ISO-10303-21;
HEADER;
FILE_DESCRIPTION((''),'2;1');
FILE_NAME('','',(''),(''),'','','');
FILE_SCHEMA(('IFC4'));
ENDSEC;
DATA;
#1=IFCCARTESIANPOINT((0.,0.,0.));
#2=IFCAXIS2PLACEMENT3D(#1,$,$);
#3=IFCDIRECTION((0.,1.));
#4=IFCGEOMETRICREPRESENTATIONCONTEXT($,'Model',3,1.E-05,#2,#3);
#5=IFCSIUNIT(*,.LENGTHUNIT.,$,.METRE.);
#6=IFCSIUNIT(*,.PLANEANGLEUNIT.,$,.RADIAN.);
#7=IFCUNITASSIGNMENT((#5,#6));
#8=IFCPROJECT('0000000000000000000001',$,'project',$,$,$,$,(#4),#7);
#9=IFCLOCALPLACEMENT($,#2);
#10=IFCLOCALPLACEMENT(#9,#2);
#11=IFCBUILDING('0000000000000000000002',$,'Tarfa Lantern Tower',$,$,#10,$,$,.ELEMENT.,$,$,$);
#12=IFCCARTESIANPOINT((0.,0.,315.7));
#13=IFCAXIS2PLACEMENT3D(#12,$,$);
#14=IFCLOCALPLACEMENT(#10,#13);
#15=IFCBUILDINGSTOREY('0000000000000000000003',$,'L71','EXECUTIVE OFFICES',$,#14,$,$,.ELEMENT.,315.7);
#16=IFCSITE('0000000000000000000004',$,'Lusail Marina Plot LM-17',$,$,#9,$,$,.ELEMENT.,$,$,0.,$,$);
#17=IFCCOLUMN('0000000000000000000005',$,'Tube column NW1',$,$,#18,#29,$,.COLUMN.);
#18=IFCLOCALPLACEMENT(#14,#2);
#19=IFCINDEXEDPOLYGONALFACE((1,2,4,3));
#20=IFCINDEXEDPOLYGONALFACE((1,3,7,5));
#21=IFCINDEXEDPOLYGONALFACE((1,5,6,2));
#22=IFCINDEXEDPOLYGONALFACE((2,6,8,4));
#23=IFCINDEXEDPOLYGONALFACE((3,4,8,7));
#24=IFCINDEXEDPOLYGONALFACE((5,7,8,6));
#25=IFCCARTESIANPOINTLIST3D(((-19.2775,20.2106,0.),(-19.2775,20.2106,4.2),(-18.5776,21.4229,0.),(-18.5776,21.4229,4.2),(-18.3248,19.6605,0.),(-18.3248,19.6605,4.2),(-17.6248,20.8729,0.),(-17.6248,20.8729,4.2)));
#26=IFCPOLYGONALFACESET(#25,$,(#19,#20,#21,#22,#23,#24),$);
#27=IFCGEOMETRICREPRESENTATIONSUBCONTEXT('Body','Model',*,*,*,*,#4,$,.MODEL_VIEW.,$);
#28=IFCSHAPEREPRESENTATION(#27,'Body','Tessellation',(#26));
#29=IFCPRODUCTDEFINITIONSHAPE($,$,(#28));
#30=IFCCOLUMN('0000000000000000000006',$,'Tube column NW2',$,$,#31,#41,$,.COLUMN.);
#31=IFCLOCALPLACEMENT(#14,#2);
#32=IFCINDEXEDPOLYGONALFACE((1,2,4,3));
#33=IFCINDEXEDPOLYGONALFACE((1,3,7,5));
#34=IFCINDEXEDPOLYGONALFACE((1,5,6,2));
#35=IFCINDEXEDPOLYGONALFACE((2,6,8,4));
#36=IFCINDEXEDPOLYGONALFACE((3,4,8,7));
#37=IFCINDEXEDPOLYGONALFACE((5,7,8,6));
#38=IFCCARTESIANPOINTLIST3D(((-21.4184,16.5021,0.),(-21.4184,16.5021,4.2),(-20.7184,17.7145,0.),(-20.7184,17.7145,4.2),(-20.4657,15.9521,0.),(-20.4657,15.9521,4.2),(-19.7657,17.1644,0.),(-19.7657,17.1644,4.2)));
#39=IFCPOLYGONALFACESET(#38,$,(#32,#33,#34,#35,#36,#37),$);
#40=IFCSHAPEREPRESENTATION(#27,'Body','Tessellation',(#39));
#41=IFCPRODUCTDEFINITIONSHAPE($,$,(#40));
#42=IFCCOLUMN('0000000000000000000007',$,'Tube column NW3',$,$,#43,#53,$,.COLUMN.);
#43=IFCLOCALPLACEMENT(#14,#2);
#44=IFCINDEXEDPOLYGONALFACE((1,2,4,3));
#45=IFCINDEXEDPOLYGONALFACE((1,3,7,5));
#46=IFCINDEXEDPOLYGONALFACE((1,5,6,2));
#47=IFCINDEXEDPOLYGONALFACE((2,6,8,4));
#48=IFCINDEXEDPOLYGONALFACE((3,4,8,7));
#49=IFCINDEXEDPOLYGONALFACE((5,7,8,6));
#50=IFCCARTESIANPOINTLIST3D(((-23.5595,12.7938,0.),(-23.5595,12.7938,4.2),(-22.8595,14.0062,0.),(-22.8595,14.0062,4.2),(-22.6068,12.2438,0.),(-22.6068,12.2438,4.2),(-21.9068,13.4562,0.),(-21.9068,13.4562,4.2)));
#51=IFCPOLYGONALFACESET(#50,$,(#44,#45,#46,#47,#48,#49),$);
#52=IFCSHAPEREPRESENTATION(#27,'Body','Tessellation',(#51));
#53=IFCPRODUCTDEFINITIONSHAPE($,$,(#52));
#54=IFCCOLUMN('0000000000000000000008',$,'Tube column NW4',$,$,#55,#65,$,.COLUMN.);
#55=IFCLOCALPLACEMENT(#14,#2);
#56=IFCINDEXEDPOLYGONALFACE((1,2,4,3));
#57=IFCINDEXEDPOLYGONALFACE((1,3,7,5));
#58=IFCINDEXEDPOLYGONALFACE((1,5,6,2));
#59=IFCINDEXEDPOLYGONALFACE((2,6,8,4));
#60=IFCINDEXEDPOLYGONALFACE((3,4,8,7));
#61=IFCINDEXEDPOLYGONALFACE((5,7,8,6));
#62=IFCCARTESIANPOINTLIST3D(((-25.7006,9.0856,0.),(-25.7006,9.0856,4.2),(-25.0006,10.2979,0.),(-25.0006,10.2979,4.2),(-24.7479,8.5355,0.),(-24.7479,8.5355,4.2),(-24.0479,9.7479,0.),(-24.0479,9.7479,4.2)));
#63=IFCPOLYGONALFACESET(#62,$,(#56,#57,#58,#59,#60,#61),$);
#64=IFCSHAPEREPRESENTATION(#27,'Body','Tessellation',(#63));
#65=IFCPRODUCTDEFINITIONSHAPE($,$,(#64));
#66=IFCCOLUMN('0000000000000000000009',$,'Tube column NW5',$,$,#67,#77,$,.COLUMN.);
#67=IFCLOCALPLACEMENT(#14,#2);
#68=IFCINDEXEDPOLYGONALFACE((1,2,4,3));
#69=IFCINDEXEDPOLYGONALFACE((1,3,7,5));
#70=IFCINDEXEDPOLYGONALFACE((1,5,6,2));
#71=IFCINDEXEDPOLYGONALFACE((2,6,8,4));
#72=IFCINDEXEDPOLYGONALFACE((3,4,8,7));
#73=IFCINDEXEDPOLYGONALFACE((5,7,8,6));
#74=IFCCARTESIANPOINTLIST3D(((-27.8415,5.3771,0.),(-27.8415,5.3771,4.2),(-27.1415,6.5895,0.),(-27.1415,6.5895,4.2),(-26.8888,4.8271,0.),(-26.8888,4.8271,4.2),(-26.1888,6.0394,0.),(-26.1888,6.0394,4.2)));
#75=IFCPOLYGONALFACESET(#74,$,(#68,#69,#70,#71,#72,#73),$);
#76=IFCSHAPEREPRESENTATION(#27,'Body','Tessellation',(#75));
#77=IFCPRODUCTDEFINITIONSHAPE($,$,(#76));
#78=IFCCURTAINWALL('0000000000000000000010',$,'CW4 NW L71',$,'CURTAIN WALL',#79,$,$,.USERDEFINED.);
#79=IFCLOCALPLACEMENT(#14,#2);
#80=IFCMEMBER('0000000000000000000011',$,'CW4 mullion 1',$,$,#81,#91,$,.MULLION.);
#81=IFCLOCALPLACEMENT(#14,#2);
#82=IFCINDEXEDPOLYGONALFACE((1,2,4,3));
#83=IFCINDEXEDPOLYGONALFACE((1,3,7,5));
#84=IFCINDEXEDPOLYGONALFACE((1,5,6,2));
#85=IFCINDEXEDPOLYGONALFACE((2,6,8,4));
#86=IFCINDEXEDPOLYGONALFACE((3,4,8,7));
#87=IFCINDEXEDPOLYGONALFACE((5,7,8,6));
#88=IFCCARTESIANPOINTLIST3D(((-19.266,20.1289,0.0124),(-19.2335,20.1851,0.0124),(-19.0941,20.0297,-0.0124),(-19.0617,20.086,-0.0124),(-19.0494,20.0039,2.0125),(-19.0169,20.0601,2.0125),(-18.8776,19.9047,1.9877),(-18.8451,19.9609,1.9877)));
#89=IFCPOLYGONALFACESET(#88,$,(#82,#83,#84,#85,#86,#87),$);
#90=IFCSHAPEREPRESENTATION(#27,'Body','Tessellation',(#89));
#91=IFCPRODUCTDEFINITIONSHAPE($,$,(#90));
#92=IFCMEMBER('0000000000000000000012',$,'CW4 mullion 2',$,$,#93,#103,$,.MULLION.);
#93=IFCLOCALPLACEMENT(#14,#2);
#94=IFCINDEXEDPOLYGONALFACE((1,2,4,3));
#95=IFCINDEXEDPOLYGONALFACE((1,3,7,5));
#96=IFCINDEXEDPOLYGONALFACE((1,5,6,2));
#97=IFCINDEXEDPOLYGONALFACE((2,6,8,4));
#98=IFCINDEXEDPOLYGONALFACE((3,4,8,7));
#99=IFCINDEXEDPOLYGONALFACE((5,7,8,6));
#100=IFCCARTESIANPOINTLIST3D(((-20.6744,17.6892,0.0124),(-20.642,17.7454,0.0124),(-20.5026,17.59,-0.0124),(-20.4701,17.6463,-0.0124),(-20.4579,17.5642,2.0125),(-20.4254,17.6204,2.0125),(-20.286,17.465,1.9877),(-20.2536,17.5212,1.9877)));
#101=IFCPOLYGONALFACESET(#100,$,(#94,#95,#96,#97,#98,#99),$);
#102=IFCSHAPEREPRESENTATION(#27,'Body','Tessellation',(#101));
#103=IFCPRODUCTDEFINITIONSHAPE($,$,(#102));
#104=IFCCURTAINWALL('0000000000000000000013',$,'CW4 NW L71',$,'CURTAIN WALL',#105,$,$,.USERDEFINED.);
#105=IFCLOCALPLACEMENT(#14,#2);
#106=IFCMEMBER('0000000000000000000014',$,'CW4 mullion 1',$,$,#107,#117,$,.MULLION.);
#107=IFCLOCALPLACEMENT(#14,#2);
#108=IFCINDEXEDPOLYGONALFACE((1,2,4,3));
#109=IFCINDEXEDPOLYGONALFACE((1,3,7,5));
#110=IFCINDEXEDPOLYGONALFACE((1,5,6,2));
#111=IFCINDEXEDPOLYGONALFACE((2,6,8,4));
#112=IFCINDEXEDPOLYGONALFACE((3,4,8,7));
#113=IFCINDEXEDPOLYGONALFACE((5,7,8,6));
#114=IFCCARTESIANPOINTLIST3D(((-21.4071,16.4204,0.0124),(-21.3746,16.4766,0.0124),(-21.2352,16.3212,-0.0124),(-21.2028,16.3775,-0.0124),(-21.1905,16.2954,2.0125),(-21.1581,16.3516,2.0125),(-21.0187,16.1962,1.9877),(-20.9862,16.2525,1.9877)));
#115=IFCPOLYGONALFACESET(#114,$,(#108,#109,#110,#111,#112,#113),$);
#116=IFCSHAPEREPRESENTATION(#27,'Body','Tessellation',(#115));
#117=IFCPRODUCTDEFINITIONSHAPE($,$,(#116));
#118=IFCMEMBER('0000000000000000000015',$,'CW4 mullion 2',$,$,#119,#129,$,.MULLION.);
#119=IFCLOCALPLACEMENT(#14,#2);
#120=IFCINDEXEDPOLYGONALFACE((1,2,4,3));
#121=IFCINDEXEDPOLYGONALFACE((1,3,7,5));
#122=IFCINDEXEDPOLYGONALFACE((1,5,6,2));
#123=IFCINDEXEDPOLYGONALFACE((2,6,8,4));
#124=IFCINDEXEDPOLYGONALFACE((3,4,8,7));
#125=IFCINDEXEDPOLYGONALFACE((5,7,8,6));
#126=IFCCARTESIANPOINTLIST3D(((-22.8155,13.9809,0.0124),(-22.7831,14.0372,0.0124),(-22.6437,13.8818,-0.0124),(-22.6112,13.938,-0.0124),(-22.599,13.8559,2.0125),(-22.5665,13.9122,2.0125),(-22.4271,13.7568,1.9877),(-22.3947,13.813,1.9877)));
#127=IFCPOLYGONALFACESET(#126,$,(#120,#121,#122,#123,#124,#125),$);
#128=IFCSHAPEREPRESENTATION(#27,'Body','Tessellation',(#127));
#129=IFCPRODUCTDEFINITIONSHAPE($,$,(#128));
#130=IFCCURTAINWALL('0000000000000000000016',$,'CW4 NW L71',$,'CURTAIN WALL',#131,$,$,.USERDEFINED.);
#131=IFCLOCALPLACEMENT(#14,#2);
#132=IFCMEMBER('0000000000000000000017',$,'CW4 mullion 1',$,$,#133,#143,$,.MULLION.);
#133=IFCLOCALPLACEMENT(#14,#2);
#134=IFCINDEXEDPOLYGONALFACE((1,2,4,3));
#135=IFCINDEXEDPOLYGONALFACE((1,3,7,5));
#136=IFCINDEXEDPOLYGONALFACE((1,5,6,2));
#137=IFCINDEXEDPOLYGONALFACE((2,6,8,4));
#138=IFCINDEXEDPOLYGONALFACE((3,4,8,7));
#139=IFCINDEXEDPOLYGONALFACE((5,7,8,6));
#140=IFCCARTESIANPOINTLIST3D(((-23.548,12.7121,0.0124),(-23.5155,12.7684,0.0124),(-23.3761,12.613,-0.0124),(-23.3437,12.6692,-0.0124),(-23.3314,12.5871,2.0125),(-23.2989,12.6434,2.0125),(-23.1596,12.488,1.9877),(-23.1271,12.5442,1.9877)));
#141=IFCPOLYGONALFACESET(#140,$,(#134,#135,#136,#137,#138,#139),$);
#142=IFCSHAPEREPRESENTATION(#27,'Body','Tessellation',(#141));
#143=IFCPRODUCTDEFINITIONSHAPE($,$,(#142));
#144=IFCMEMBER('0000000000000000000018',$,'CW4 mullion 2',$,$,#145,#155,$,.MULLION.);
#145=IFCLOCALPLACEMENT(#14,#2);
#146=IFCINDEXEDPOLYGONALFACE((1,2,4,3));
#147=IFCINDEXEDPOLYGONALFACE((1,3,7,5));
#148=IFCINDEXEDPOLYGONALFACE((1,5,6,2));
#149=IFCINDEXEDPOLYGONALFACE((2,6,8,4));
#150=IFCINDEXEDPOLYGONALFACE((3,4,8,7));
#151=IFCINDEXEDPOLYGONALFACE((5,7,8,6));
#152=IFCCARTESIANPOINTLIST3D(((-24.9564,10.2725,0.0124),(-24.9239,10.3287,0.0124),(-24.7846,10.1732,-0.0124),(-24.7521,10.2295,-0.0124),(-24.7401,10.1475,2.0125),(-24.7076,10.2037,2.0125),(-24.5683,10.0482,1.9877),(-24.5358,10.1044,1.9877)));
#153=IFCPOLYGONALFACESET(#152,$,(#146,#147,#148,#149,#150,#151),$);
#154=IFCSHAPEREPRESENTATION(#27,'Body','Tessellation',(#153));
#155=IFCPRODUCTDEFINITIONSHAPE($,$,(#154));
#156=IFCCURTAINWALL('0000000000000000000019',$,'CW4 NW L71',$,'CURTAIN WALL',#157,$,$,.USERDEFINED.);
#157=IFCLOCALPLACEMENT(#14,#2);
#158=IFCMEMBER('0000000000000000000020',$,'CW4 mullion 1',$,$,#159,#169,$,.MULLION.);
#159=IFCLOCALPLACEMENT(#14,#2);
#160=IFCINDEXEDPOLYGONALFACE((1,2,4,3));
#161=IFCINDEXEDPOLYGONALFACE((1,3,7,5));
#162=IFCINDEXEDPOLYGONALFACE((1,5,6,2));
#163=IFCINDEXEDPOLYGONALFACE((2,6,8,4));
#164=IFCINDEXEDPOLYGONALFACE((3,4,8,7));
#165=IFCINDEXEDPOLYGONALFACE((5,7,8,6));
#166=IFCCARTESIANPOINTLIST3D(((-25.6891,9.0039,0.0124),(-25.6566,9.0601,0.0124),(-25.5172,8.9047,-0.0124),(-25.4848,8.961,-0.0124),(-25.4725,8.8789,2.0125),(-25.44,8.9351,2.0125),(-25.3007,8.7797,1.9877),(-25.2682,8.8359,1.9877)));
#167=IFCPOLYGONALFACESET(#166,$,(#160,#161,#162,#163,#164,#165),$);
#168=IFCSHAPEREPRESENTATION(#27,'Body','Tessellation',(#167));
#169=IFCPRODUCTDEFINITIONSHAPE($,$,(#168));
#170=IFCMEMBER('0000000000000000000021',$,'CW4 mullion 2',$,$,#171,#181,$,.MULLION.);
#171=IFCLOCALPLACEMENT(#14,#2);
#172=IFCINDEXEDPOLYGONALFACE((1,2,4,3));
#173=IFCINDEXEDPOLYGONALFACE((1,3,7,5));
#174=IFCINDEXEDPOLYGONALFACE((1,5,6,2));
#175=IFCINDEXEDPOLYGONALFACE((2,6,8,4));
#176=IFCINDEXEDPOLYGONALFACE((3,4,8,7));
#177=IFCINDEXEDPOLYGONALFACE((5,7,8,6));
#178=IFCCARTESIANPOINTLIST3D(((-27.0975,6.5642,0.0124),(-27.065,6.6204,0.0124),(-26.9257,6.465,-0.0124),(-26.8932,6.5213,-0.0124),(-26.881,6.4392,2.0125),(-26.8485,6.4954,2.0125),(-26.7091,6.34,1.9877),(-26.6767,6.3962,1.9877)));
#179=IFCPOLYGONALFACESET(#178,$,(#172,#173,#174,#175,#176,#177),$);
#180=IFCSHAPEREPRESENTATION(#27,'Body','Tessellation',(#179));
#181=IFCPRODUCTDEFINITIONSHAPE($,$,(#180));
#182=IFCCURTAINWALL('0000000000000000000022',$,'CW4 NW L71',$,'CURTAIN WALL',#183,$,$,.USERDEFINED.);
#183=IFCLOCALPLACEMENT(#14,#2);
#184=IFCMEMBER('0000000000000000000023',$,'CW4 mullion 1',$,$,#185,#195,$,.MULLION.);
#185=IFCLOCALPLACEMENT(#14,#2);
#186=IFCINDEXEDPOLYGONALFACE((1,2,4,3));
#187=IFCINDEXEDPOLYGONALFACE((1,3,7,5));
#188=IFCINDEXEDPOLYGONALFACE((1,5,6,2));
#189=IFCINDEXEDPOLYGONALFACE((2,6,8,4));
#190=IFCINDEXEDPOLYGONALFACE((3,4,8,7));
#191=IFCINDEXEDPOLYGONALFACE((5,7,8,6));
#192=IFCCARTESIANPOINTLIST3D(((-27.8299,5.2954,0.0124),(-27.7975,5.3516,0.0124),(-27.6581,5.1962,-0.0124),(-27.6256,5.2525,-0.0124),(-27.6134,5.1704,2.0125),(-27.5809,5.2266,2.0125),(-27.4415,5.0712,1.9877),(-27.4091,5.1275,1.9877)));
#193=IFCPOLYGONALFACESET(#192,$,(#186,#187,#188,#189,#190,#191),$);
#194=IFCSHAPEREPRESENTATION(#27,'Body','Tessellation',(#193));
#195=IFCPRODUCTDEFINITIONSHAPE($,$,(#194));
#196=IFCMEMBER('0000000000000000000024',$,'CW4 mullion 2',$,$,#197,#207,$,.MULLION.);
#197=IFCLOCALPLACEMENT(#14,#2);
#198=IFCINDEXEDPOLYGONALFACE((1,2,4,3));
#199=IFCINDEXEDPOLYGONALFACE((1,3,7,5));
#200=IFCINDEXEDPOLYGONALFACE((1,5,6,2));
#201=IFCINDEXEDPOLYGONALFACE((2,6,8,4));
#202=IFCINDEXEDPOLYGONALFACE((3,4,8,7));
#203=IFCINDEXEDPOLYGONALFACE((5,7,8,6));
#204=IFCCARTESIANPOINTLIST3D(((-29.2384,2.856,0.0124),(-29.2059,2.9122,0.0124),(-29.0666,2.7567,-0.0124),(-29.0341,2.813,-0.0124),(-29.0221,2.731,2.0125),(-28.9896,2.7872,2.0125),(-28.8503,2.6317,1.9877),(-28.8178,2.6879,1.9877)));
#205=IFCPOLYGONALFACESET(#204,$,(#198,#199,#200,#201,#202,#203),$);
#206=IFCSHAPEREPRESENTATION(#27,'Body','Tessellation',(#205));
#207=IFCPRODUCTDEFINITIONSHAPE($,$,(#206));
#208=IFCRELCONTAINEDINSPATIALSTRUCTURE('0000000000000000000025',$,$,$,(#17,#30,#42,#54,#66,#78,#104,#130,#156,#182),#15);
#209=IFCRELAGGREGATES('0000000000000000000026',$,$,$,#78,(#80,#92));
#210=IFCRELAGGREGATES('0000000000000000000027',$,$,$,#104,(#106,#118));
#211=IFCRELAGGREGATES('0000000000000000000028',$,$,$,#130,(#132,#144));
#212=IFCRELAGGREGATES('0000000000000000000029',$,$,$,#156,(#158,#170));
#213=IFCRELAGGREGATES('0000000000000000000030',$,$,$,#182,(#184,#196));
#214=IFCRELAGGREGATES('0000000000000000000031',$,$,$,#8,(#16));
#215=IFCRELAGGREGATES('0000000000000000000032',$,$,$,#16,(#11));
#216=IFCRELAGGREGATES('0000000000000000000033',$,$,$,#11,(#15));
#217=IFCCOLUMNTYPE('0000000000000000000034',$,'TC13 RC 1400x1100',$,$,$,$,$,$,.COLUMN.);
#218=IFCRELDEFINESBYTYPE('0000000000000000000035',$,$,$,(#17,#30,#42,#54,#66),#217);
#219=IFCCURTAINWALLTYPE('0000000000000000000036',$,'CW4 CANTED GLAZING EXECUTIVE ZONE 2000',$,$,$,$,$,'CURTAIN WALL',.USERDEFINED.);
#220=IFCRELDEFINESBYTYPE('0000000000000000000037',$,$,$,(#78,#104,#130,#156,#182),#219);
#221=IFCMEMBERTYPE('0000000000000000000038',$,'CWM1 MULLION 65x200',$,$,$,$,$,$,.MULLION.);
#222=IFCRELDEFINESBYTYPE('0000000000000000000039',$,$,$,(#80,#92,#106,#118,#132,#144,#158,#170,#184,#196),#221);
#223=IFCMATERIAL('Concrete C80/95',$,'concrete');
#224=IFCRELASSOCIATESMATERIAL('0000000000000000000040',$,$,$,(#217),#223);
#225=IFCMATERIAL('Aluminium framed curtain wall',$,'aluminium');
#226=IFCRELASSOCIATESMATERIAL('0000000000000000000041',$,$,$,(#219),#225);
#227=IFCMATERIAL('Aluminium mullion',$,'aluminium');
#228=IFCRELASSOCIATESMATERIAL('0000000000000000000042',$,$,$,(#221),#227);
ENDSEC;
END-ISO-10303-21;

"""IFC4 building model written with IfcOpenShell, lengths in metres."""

from ifc_helpers import new_model, si_unit, direction, frame, origin, origin_2d, place, context, subcontext, project, spatial, rectangle, extrude, material, material_profile, profile_set, type_object, element, aggregate, save


model = new_model("IFC4")

# Units and contexts
model_context = context("Model", 3, precision=1e-05, world=origin(), true_north=direction((0.0, 1.0)))
body_context = subcontext(model_context, "Body", "Model", "MODEL_VIEW")
ifc_project = project(units=[si_unit("LENGTHUNIT", "METRE"), si_unit("PLANEANGLEUNIT", "RADIAN")], contexts=[model_context])

# Site, building, storey
site_placement = place(None, origin())
site = spatial("IfcSite", under=ifc_project, at=site_placement, Name="Lusail Marina Plot LM-17", CompositionType="ELEMENT", RefElevation=0.0)
building_placement = place(site_placement, origin())
building = spatial("IfcBuilding", under=site, at=building_placement, Name="Tarfa Lantern Tower", CompositionType="ELEMENT")
storey_placement = place(building_placement, frame((0.0, 0.0, 315.7)))
storey = spatial("IfcBuildingStorey", under=building, at=storey_placement, Name="L71", Description="EXECUTIVE OFFICES", CompositionType="ELEMENT", Elevation=315.7)

# Columns
ifc_material_1 = material(Name="Concrete C80/95", Category="concrete")
ifc_material_profile_1 = material_profile(ifc_material_1, rectangle(XDim=1.3999, YDim=1.1001, at=origin_2d()), Name="RC 1400x1100")
ifc_profile_set_1 = profile_set([ifc_material_profile_1], Name="Concrete C80/95")
column_type = type_object("IfcColumnType", Name="TC13 RC 1400x1100", PredefinedType="COLUMN", material=ifc_profile_set_1)
for number, where, z_axis, x_axis, name in (
    (1, (-18.4512, 20.5417, 0.0), (0.0, 0.0, 1.0), (-0.5, -0.866025, 0.0), "Tube column NW1"),
    (2, (-20.592, 16.8333, 0.0), (0.0, 0.0, 1.0), (-0.5, -0.866025, 0.0), "Tube column NW2"),
    (3, (-22.7332, 13.125, 0.0), (0.0, 0.0, 1.0), (-0.5, -0.866025, 0.0), "Tube column NW3"),
    (4, (-24.8743, 9.4167, 0.0), (0.0, 0.0, 1.0), (-0.5, -0.866025, 0.0), "Tube column NW4"),
    (5, (-27.0151, 5.7083, 0.0), (0.0, 0.0, 1.0), (-0.5, -0.866025, 0.0), "Tube column NW5"),
):
    element("IfcColumn", number, at=place(storey_placement, frame(where, z_axis=z_axis, x_axis=x_axis)), inside=storey, type_object=column_type, Name=name, PredefinedType="COLUMN", context=body_context, shape_type="SweptSolid", body=[
        extrude(rectangle(XDim=1.3999, YDim=1.1001, at=origin_2d()), origin(), (0.0, 0.0, 1.0), 4.2),
    ])

# Curtain walls, members
ifc_material_2 = material(Name="Aluminium framed curtain wall", Category="aluminium")
curtain_wall_type = type_object("IfcCurtainWallType", Name="CW4 CANTED GLAZING EXECUTIVE ZONE 2000", ElementType="CURTAIN WALL", PredefinedType="USERDEFINED", material=ifc_material_2)
curtain_wall_1_placement = place(storey_placement, origin())
curtain_wall_1 = element("IfcCurtainWall", 6, at=curtain_wall_1_placement, inside=storey, type_object=curtain_wall_type, Name="CW4 NW L71", ObjectType="CURTAIN WALL", PredefinedType="USERDEFINED")
ifc_material_3 = material(Name="Aluminium mullion", Category="aluminium")
ifc_material_profile_2 = material_profile(ifc_material_3, rectangle(XDim=0.0649, YDim=0.2, at=origin_2d()), Name="AL MULLION 65x200")
ifc_profile_set_2 = profile_set([ifc_material_profile_2], Name="Aluminium mullion")
member_type_1 = type_object("IfcMemberType", Name="CWM1 MULLION 65x200", PredefinedType="MULLION", material=ifc_profile_set_2)
member_1_placement = place(storey_placement, frame((-19.1638, 20.1074, 0.0), z_axis=(0.10744, -0.062017, 0.992275), x_axis=(0.49992, 0.866072, 0.0)))
member_1 = element("IfcMember", 7, at=member_1_placement, type_object=member_type_1, Name="CW4 mullion 1", PredefinedType="MULLION", context=body_context, shape_type="SweptSolid", body=[
    extrude(rectangle(XDim=0.0649, YDim=0.2, at=origin_2d()), origin(), (0.0, 0.0, 1.0), 2.0156),
])
member_2_placement = place(storey_placement, frame((-20.5723, 17.6677, 0.0), z_axis=(0.10744, -0.062017, 0.992275), x_axis=(0.49992, 0.866072, 0.0)))
member_2 = element("IfcMember", 8, at=member_2_placement, type_object=member_type_1, Name="CW4 mullion 2", PredefinedType="MULLION", context=body_context, shape_type="SweptSolid", body=[
    extrude(rectangle(XDim=0.0649, YDim=0.2, at=origin_2d()), origin(), (0.0, 0.0, 1.0), 2.0156),
])
curtain_wall_2_placement = place(storey_placement, origin())
curtain_wall_2 = element("IfcCurtainWall", 9, at=curtain_wall_2_placement, inside=storey, type_object=curtain_wall_type, Name="CW4 NW L71", ObjectType="CURTAIN WALL", PredefinedType="USERDEFINED")
member_3_placement = place(storey_placement, frame((-21.3049, 16.3989, 0.0), z_axis=(0.10744, -0.062017, 0.992275), x_axis=(0.49992, 0.866072, 0.0)))
member_3 = element("IfcMember", 10, at=member_3_placement, type_object=member_type_1, Name="CW4 mullion 1", PredefinedType="MULLION", context=body_context, shape_type="SweptSolid", body=[
    extrude(rectangle(XDim=0.0649, YDim=0.2, at=origin_2d()), origin(), (0.0, 0.0, 1.0), 2.0156),
])
member_4_placement = place(storey_placement, frame((-22.7134, 13.9595, 0.0), z_axis=(0.10744, -0.062017, 0.992275), x_axis=(0.49992, 0.866072, 0.0)))
member_4 = element("IfcMember", 11, at=member_4_placement, type_object=member_type_1, Name="CW4 mullion 2", PredefinedType="MULLION", context=body_context, shape_type="SweptSolid", body=[
    extrude(rectangle(XDim=0.0649, YDim=0.2, at=origin_2d()), origin(), (0.0, 0.0, 1.0), 2.0156),
])
curtain_wall_3_placement = place(storey_placement, origin())
curtain_wall_3 = element("IfcCurtainWall", 12, at=curtain_wall_3_placement, inside=storey, type_object=curtain_wall_type, Name="CW4 NW L71", ObjectType="CURTAIN WALL", PredefinedType="USERDEFINED")
member_5_placement = place(storey_placement, frame((-23.4458, 12.6907, 0.0), z_axis=(0.10744, -0.062017, 0.992275), x_axis=(0.49992, 0.866072, 0.0)))
member_5 = element("IfcMember", 13, at=member_5_placement, type_object=member_type_1, Name="CW4 mullion 1", PredefinedType="MULLION", context=body_context, shape_type="SweptSolid", body=[
    extrude(rectangle(XDim=0.0649, YDim=0.2, at=origin_2d()), origin(), (0.0, 0.0, 1.0), 2.0156),
])
member_6_placement = place(storey_placement, frame((-24.8542, 10.251, 0.0), z_axis=(0.10732, -0.062018, 0.992288), x_axis=(0.500343, 0.865827, 0.0)))
member_6 = element("IfcMember", 14, at=member_6_placement, type_object=member_type_1, Name="CW4 mullion 2", PredefinedType="MULLION", context=body_context, shape_type="SweptSolid", body=[
    extrude(rectangle(XDim=0.0649, YDim=0.2, at=origin_2d()), origin(), (0.0, 0.0, 1.0), 2.0156),
])
curtain_wall_4_placement = place(storey_placement, origin())
curtain_wall_4 = element("IfcCurtainWall", 15, at=curtain_wall_4_placement, inside=storey, type_object=curtain_wall_type, Name="CW4 NW L71", ObjectType="CURTAIN WALL", PredefinedType="USERDEFINED")
member_7_placement = place(storey_placement, frame((-25.5869, 8.9824, 0.0), z_axis=(0.10744, -0.062017, 0.992275), x_axis=(0.49992, 0.866072, 0.0)))
member_7 = element("IfcMember", 16, at=member_7_placement, type_object=member_type_1, Name="CW4 mullion 1", PredefinedType="MULLION", context=body_context, shape_type="SweptSolid", body=[
    extrude(rectangle(XDim=0.0649, YDim=0.2, at=origin_2d()), origin(), (0.0, 0.0, 1.0), 2.0156),
])
member_8_placement = place(storey_placement, frame((-26.9954, 6.5427, 0.0), z_axis=(0.10744, -0.062017, 0.992275), x_axis=(0.49992, 0.866072, 0.0)))
member_8 = element("IfcMember", 17, at=member_8_placement, type_object=member_type_1, Name="CW4 mullion 2", PredefinedType="MULLION", context=body_context, shape_type="SweptSolid", body=[
    extrude(rectangle(XDim=0.0649, YDim=0.2, at=origin_2d()), origin(), (0.0, 0.0, 1.0), 2.0156),
])
curtain_wall_5_placement = place(storey_placement, origin())
curtain_wall_5 = element("IfcCurtainWall", 18, at=curtain_wall_5_placement, inside=storey, type_object=curtain_wall_type, Name="CW4 NW L71", ObjectType="CURTAIN WALL", PredefinedType="USERDEFINED")
member_9_placement = place(storey_placement, frame((-27.7278, 5.2739, 0.0), z_axis=(0.10744, -0.062017, 0.992275), x_axis=(0.49992, 0.866072, 0.0)))
member_9 = element("IfcMember", 19, at=member_9_placement, type_object=member_type_1, Name="CW4 mullion 1", PredefinedType="MULLION", context=body_context, shape_type="SweptSolid", body=[
    extrude(rectangle(XDim=0.0649, YDim=0.2, at=origin_2d()), origin(), (0.0, 0.0, 1.0), 2.0156),
])
member_10_placement = place(storey_placement, frame((-29.1362, 2.8345, 0.0), z_axis=(0.10732, -0.062018, 0.992288), x_axis=(0.500343, 0.865827, 0.0)))
member_10 = element("IfcMember", 20, at=member_10_placement, type_object=member_type_1, Name="CW4 mullion 2", PredefinedType="MULLION", context=body_context, shape_type="SweptSolid", body=[
    extrude(rectangle(XDim=0.0649, YDim=0.2, at=origin_2d()), origin(), (0.0, 0.0, 1.0), 2.0156),
])

aggregate(curtain_wall_1, [member_1, member_2])
aggregate(curtain_wall_2, [member_3, member_4])
aggregate(curtain_wall_3, [member_5, member_6])
aggregate(curtain_wall_4, [member_7, member_8])
aggregate(curtain_wall_5, [member_9, member_10])

save(model, "model.ifc")
